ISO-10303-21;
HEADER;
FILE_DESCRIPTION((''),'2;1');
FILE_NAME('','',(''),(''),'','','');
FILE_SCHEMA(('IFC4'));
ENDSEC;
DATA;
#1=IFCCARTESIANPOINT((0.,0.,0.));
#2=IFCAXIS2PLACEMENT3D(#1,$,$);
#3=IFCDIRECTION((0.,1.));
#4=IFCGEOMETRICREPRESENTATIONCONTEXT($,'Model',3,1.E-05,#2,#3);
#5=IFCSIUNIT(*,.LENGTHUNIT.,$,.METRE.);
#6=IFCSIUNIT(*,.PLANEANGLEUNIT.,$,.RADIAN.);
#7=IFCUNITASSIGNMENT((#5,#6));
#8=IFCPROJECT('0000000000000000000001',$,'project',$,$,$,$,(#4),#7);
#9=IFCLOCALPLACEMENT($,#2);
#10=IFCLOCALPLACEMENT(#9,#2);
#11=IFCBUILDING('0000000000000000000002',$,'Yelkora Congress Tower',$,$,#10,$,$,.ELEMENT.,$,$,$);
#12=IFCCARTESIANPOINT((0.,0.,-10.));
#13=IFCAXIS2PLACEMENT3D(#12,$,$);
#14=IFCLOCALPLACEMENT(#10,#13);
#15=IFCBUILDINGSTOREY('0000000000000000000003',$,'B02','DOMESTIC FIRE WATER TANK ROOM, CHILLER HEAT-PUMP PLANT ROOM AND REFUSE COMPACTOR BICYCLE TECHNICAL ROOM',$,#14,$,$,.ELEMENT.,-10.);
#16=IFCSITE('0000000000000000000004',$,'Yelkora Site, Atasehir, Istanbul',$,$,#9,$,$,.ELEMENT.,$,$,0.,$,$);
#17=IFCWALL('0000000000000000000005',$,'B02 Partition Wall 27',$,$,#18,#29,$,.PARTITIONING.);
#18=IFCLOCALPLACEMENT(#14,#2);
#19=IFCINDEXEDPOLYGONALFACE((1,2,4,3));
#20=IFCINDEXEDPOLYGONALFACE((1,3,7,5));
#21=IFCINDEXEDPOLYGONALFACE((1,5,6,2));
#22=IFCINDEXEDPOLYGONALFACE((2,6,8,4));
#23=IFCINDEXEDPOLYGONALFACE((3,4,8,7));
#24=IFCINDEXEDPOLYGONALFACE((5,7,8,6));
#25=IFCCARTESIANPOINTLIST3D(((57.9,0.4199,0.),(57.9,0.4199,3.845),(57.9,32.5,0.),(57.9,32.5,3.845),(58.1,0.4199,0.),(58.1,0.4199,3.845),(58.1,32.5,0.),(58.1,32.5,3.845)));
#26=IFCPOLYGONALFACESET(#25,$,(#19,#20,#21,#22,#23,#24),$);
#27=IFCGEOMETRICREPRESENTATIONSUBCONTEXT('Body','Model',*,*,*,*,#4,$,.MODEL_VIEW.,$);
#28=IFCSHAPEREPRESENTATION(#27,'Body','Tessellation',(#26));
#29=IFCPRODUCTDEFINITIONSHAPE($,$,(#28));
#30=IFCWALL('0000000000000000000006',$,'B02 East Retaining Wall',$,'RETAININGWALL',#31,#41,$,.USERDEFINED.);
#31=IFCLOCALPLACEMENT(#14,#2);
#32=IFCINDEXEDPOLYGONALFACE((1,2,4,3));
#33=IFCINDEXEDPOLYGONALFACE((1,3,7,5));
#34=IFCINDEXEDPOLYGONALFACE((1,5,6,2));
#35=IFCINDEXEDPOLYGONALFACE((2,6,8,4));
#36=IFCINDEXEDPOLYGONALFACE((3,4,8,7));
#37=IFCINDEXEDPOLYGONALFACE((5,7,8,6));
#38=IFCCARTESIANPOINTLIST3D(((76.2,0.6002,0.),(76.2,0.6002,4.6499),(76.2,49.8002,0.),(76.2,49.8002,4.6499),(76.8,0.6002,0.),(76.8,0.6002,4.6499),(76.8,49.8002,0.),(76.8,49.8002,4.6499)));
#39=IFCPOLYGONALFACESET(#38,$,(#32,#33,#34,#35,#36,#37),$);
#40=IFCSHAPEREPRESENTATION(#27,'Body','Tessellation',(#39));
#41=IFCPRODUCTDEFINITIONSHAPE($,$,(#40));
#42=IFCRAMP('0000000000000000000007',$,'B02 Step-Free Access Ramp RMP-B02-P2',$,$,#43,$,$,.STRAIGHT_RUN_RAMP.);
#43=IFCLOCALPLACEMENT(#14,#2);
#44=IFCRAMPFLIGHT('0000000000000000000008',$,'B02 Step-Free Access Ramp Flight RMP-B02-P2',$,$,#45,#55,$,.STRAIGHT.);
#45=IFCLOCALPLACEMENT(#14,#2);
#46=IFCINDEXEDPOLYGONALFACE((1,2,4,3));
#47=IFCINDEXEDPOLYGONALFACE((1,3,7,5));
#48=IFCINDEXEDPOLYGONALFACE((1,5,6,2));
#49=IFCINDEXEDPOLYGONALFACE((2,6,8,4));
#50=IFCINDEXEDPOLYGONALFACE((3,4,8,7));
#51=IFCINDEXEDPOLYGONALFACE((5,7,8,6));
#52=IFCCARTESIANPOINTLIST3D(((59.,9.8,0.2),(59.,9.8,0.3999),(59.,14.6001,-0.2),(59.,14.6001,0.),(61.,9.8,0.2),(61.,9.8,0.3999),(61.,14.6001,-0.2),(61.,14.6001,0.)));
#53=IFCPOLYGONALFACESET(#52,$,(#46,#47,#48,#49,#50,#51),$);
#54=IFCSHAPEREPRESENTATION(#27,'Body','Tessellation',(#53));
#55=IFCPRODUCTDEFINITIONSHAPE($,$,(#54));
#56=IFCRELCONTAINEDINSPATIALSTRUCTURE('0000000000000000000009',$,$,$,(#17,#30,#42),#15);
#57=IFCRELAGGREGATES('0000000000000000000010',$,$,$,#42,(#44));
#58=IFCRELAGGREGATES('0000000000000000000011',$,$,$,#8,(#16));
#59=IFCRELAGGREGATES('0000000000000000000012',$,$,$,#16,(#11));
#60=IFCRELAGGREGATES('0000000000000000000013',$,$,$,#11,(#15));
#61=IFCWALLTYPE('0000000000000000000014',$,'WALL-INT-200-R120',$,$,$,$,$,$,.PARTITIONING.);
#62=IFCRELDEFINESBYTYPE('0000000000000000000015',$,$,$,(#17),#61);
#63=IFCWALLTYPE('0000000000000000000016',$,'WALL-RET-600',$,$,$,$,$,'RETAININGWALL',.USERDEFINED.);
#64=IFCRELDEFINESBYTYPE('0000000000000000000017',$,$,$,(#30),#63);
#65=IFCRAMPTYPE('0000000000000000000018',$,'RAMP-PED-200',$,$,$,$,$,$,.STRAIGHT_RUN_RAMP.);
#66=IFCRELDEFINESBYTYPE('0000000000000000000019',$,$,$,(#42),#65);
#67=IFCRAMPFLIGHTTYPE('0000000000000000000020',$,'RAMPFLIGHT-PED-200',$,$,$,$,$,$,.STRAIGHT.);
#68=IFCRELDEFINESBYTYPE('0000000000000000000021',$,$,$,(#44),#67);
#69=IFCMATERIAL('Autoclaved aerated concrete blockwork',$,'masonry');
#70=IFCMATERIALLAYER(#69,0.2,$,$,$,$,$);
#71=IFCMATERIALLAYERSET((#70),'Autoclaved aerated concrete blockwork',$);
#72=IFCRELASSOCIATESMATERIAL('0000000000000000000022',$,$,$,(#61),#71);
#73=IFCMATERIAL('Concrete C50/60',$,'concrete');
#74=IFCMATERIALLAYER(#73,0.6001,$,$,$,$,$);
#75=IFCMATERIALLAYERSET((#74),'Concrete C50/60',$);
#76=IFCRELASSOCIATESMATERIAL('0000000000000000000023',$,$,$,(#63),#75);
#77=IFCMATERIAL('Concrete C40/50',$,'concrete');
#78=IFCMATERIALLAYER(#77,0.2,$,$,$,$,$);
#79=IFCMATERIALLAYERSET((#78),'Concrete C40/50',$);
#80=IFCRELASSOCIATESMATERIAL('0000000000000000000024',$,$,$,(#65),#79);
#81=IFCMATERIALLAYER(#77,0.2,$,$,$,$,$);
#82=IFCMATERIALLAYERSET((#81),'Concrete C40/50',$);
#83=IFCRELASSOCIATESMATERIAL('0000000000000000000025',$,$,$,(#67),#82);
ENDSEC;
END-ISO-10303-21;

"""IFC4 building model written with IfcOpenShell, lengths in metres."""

from ifc_helpers import new_model, si_unit, direction, frame, frame_2d, origin, place, context, subcontext, project, spatial, polyline, rectangle, outline, extrude, material, layer, layer_set, type_object, element, aggregate, save


model = new_model("IFC4")

# Units and contexts
model_context = context("Model", 3, precision=1e-05, world=origin(), true_north=direction((0.0, 1.0)))
body_context = subcontext(model_context, "Body", "Model", "MODEL_VIEW")
ifc_project = project(units=[si_unit("LENGTHUNIT", "METRE"), si_unit("PLANEANGLEUNIT", "RADIAN")], contexts=[model_context])

# Site, building, storey
site_placement = place(None, origin())
site = spatial("IfcSite", under=ifc_project, at=site_placement, Name="Yelkora Site, Atasehir, Istanbul", CompositionType="ELEMENT", RefElevation=0.0)
building_placement = place(site_placement, origin())
building = spatial("IfcBuilding", under=site, at=building_placement, Name="Yelkora Congress Tower", CompositionType="ELEMENT")
storey_placement = place(building_placement, frame((0.0, 0.0, -10.0)))
storey = spatial("IfcBuildingStorey", under=building, at=storey_placement, Name="B02", Description="DOMESTIC FIRE WATER TANK ROOM, CHILLER HEAT-PUMP PLANT ROOM AND REFUSE COMPACTOR BICYCLE TECHNICAL ROOM", CompositionType="ELEMENT", Elevation=-10.0)

# Shared definitions
ifc_material_1 = material(Name="Concrete C50/60", Category="concrete")

# Walls
ifc_material_2 = material(Name="Autoclaved aerated concrete blockwork", Category="masonry")
ifc_layer_1 = layer(ifc_material_2, 0.2)
ifc_layer_set_1 = layer_set([ifc_layer_1], Name="Autoclaved aerated concrete blockwork")
wall_type_1 = type_object("IfcWallType", Name="WALL-INT-200-R120", PredefinedType="PARTITIONING", material=ifc_layer_set_1)
wall_1_placement = place(storey_placement, frame((58.0, 0.4199, 0.0), z_axis=(0.0, 0.0, 1.0), x_axis=(0.0, 1.0, 0.0)))
element("IfcWall", 1, at=wall_1_placement, inside=storey, type_object=wall_type_1, Name="B02 Partition Wall 27", PredefinedType="PARTITIONING", context=body_context, shape_type="SweptSolid", body=[
    extrude(rectangle(XDim=32.0801, YDim=0.2, at=frame_2d((16.04, 0.0))), origin(), (0.0, 0.0, 1.0), 3.845),
])
ifc_layer_2 = layer(ifc_material_1, 0.6001)
ifc_layer_set_2 = layer_set([ifc_layer_2], Name="Concrete C50/60")
wall_type_2 = type_object("IfcWallType", Name="WALL-RET-600", ElementType="RETAININGWALL", PredefinedType="USERDEFINED", material=ifc_layer_set_2)
wall_2_placement = place(storey_placement, frame((76.5, 0.6001, 0.0), z_axis=(0.0, 0.0, 1.0), x_axis=(0.0, 1.0, 0.0)))
element("IfcWall", 2, at=wall_2_placement, inside=storey, type_object=wall_type_2, Name="B02 East Retaining Wall", ObjectType="RETAININGWALL", PredefinedType="USERDEFINED", context=body_context, shape_type="SweptSolid", body=[
    extrude(rectangle(XDim=49.2, YDim=0.6001, at=frame_2d((24.6001, 0.0))), origin(), (0.0, 0.0, 1.0), 4.6499),
])

# Ramp, ramp flight
ifc_material_3 = material(Name="Concrete C40/50", Category="concrete")
ifc_layer_3 = layer(ifc_material_3, 0.2)
ifc_layer_set_3 = layer_set([ifc_layer_3], Name="Concrete C40/50")
ramp_type = type_object("IfcRampType", Name="RAMP-PED-200", PredefinedType="STRAIGHT_RUN_RAMP", material=ifc_layer_set_3)
ramp_placement = place(storey_placement, origin())
ramp = element("IfcRamp", 3, at=ramp_placement, inside=storey, type_object=ramp_type, Name="B02 Step-Free Access Ramp RMP-B02-P2", PredefinedType="STRAIGHT_RUN_RAMP")
ifc_layer_4 = layer(ifc_material_3, 0.2)
ifc_layer_set_4 = layer_set([ifc_layer_4], Name="Concrete C40/50")
ramp_flight_type = type_object("IfcRampFlightType", Name="RAMPFLIGHT-PED-200", PredefinedType="STRAIGHT", material=ifc_layer_set_4)
ramp_flight_placement = place(storey_placement, frame((60.0, 9.8, 0.3999), z_axis=(0.0, 0.0, 1.0), x_axis=(0.0, 1.0, 0.0)))
ramp_flight = element("IfcRampFlight", 4, at=ramp_flight_placement, type_object=ramp_flight_type, Name="B02 Step-Free Access Ramp Flight RMP-B02-P2", PredefinedType="STRAIGHT", context=body_context, shape_type="SweptSolid", body=[
    extrude(outline(polyline([(0.0, -0.2), (4.8, -0.5999), (4.8, -0.3999), (0.0, 0.0), (0.0, -0.2)])), frame((0.0, 1.0, 0.0), z_axis=(0.0, -1.0, 0.0), x_axis=(1.0, 0.0, 0.0)), (0.0, 0.0, 1.0), 2.0),
])
aggregate(ramp, [ramp_flight])

save(model, "model.ifc")
